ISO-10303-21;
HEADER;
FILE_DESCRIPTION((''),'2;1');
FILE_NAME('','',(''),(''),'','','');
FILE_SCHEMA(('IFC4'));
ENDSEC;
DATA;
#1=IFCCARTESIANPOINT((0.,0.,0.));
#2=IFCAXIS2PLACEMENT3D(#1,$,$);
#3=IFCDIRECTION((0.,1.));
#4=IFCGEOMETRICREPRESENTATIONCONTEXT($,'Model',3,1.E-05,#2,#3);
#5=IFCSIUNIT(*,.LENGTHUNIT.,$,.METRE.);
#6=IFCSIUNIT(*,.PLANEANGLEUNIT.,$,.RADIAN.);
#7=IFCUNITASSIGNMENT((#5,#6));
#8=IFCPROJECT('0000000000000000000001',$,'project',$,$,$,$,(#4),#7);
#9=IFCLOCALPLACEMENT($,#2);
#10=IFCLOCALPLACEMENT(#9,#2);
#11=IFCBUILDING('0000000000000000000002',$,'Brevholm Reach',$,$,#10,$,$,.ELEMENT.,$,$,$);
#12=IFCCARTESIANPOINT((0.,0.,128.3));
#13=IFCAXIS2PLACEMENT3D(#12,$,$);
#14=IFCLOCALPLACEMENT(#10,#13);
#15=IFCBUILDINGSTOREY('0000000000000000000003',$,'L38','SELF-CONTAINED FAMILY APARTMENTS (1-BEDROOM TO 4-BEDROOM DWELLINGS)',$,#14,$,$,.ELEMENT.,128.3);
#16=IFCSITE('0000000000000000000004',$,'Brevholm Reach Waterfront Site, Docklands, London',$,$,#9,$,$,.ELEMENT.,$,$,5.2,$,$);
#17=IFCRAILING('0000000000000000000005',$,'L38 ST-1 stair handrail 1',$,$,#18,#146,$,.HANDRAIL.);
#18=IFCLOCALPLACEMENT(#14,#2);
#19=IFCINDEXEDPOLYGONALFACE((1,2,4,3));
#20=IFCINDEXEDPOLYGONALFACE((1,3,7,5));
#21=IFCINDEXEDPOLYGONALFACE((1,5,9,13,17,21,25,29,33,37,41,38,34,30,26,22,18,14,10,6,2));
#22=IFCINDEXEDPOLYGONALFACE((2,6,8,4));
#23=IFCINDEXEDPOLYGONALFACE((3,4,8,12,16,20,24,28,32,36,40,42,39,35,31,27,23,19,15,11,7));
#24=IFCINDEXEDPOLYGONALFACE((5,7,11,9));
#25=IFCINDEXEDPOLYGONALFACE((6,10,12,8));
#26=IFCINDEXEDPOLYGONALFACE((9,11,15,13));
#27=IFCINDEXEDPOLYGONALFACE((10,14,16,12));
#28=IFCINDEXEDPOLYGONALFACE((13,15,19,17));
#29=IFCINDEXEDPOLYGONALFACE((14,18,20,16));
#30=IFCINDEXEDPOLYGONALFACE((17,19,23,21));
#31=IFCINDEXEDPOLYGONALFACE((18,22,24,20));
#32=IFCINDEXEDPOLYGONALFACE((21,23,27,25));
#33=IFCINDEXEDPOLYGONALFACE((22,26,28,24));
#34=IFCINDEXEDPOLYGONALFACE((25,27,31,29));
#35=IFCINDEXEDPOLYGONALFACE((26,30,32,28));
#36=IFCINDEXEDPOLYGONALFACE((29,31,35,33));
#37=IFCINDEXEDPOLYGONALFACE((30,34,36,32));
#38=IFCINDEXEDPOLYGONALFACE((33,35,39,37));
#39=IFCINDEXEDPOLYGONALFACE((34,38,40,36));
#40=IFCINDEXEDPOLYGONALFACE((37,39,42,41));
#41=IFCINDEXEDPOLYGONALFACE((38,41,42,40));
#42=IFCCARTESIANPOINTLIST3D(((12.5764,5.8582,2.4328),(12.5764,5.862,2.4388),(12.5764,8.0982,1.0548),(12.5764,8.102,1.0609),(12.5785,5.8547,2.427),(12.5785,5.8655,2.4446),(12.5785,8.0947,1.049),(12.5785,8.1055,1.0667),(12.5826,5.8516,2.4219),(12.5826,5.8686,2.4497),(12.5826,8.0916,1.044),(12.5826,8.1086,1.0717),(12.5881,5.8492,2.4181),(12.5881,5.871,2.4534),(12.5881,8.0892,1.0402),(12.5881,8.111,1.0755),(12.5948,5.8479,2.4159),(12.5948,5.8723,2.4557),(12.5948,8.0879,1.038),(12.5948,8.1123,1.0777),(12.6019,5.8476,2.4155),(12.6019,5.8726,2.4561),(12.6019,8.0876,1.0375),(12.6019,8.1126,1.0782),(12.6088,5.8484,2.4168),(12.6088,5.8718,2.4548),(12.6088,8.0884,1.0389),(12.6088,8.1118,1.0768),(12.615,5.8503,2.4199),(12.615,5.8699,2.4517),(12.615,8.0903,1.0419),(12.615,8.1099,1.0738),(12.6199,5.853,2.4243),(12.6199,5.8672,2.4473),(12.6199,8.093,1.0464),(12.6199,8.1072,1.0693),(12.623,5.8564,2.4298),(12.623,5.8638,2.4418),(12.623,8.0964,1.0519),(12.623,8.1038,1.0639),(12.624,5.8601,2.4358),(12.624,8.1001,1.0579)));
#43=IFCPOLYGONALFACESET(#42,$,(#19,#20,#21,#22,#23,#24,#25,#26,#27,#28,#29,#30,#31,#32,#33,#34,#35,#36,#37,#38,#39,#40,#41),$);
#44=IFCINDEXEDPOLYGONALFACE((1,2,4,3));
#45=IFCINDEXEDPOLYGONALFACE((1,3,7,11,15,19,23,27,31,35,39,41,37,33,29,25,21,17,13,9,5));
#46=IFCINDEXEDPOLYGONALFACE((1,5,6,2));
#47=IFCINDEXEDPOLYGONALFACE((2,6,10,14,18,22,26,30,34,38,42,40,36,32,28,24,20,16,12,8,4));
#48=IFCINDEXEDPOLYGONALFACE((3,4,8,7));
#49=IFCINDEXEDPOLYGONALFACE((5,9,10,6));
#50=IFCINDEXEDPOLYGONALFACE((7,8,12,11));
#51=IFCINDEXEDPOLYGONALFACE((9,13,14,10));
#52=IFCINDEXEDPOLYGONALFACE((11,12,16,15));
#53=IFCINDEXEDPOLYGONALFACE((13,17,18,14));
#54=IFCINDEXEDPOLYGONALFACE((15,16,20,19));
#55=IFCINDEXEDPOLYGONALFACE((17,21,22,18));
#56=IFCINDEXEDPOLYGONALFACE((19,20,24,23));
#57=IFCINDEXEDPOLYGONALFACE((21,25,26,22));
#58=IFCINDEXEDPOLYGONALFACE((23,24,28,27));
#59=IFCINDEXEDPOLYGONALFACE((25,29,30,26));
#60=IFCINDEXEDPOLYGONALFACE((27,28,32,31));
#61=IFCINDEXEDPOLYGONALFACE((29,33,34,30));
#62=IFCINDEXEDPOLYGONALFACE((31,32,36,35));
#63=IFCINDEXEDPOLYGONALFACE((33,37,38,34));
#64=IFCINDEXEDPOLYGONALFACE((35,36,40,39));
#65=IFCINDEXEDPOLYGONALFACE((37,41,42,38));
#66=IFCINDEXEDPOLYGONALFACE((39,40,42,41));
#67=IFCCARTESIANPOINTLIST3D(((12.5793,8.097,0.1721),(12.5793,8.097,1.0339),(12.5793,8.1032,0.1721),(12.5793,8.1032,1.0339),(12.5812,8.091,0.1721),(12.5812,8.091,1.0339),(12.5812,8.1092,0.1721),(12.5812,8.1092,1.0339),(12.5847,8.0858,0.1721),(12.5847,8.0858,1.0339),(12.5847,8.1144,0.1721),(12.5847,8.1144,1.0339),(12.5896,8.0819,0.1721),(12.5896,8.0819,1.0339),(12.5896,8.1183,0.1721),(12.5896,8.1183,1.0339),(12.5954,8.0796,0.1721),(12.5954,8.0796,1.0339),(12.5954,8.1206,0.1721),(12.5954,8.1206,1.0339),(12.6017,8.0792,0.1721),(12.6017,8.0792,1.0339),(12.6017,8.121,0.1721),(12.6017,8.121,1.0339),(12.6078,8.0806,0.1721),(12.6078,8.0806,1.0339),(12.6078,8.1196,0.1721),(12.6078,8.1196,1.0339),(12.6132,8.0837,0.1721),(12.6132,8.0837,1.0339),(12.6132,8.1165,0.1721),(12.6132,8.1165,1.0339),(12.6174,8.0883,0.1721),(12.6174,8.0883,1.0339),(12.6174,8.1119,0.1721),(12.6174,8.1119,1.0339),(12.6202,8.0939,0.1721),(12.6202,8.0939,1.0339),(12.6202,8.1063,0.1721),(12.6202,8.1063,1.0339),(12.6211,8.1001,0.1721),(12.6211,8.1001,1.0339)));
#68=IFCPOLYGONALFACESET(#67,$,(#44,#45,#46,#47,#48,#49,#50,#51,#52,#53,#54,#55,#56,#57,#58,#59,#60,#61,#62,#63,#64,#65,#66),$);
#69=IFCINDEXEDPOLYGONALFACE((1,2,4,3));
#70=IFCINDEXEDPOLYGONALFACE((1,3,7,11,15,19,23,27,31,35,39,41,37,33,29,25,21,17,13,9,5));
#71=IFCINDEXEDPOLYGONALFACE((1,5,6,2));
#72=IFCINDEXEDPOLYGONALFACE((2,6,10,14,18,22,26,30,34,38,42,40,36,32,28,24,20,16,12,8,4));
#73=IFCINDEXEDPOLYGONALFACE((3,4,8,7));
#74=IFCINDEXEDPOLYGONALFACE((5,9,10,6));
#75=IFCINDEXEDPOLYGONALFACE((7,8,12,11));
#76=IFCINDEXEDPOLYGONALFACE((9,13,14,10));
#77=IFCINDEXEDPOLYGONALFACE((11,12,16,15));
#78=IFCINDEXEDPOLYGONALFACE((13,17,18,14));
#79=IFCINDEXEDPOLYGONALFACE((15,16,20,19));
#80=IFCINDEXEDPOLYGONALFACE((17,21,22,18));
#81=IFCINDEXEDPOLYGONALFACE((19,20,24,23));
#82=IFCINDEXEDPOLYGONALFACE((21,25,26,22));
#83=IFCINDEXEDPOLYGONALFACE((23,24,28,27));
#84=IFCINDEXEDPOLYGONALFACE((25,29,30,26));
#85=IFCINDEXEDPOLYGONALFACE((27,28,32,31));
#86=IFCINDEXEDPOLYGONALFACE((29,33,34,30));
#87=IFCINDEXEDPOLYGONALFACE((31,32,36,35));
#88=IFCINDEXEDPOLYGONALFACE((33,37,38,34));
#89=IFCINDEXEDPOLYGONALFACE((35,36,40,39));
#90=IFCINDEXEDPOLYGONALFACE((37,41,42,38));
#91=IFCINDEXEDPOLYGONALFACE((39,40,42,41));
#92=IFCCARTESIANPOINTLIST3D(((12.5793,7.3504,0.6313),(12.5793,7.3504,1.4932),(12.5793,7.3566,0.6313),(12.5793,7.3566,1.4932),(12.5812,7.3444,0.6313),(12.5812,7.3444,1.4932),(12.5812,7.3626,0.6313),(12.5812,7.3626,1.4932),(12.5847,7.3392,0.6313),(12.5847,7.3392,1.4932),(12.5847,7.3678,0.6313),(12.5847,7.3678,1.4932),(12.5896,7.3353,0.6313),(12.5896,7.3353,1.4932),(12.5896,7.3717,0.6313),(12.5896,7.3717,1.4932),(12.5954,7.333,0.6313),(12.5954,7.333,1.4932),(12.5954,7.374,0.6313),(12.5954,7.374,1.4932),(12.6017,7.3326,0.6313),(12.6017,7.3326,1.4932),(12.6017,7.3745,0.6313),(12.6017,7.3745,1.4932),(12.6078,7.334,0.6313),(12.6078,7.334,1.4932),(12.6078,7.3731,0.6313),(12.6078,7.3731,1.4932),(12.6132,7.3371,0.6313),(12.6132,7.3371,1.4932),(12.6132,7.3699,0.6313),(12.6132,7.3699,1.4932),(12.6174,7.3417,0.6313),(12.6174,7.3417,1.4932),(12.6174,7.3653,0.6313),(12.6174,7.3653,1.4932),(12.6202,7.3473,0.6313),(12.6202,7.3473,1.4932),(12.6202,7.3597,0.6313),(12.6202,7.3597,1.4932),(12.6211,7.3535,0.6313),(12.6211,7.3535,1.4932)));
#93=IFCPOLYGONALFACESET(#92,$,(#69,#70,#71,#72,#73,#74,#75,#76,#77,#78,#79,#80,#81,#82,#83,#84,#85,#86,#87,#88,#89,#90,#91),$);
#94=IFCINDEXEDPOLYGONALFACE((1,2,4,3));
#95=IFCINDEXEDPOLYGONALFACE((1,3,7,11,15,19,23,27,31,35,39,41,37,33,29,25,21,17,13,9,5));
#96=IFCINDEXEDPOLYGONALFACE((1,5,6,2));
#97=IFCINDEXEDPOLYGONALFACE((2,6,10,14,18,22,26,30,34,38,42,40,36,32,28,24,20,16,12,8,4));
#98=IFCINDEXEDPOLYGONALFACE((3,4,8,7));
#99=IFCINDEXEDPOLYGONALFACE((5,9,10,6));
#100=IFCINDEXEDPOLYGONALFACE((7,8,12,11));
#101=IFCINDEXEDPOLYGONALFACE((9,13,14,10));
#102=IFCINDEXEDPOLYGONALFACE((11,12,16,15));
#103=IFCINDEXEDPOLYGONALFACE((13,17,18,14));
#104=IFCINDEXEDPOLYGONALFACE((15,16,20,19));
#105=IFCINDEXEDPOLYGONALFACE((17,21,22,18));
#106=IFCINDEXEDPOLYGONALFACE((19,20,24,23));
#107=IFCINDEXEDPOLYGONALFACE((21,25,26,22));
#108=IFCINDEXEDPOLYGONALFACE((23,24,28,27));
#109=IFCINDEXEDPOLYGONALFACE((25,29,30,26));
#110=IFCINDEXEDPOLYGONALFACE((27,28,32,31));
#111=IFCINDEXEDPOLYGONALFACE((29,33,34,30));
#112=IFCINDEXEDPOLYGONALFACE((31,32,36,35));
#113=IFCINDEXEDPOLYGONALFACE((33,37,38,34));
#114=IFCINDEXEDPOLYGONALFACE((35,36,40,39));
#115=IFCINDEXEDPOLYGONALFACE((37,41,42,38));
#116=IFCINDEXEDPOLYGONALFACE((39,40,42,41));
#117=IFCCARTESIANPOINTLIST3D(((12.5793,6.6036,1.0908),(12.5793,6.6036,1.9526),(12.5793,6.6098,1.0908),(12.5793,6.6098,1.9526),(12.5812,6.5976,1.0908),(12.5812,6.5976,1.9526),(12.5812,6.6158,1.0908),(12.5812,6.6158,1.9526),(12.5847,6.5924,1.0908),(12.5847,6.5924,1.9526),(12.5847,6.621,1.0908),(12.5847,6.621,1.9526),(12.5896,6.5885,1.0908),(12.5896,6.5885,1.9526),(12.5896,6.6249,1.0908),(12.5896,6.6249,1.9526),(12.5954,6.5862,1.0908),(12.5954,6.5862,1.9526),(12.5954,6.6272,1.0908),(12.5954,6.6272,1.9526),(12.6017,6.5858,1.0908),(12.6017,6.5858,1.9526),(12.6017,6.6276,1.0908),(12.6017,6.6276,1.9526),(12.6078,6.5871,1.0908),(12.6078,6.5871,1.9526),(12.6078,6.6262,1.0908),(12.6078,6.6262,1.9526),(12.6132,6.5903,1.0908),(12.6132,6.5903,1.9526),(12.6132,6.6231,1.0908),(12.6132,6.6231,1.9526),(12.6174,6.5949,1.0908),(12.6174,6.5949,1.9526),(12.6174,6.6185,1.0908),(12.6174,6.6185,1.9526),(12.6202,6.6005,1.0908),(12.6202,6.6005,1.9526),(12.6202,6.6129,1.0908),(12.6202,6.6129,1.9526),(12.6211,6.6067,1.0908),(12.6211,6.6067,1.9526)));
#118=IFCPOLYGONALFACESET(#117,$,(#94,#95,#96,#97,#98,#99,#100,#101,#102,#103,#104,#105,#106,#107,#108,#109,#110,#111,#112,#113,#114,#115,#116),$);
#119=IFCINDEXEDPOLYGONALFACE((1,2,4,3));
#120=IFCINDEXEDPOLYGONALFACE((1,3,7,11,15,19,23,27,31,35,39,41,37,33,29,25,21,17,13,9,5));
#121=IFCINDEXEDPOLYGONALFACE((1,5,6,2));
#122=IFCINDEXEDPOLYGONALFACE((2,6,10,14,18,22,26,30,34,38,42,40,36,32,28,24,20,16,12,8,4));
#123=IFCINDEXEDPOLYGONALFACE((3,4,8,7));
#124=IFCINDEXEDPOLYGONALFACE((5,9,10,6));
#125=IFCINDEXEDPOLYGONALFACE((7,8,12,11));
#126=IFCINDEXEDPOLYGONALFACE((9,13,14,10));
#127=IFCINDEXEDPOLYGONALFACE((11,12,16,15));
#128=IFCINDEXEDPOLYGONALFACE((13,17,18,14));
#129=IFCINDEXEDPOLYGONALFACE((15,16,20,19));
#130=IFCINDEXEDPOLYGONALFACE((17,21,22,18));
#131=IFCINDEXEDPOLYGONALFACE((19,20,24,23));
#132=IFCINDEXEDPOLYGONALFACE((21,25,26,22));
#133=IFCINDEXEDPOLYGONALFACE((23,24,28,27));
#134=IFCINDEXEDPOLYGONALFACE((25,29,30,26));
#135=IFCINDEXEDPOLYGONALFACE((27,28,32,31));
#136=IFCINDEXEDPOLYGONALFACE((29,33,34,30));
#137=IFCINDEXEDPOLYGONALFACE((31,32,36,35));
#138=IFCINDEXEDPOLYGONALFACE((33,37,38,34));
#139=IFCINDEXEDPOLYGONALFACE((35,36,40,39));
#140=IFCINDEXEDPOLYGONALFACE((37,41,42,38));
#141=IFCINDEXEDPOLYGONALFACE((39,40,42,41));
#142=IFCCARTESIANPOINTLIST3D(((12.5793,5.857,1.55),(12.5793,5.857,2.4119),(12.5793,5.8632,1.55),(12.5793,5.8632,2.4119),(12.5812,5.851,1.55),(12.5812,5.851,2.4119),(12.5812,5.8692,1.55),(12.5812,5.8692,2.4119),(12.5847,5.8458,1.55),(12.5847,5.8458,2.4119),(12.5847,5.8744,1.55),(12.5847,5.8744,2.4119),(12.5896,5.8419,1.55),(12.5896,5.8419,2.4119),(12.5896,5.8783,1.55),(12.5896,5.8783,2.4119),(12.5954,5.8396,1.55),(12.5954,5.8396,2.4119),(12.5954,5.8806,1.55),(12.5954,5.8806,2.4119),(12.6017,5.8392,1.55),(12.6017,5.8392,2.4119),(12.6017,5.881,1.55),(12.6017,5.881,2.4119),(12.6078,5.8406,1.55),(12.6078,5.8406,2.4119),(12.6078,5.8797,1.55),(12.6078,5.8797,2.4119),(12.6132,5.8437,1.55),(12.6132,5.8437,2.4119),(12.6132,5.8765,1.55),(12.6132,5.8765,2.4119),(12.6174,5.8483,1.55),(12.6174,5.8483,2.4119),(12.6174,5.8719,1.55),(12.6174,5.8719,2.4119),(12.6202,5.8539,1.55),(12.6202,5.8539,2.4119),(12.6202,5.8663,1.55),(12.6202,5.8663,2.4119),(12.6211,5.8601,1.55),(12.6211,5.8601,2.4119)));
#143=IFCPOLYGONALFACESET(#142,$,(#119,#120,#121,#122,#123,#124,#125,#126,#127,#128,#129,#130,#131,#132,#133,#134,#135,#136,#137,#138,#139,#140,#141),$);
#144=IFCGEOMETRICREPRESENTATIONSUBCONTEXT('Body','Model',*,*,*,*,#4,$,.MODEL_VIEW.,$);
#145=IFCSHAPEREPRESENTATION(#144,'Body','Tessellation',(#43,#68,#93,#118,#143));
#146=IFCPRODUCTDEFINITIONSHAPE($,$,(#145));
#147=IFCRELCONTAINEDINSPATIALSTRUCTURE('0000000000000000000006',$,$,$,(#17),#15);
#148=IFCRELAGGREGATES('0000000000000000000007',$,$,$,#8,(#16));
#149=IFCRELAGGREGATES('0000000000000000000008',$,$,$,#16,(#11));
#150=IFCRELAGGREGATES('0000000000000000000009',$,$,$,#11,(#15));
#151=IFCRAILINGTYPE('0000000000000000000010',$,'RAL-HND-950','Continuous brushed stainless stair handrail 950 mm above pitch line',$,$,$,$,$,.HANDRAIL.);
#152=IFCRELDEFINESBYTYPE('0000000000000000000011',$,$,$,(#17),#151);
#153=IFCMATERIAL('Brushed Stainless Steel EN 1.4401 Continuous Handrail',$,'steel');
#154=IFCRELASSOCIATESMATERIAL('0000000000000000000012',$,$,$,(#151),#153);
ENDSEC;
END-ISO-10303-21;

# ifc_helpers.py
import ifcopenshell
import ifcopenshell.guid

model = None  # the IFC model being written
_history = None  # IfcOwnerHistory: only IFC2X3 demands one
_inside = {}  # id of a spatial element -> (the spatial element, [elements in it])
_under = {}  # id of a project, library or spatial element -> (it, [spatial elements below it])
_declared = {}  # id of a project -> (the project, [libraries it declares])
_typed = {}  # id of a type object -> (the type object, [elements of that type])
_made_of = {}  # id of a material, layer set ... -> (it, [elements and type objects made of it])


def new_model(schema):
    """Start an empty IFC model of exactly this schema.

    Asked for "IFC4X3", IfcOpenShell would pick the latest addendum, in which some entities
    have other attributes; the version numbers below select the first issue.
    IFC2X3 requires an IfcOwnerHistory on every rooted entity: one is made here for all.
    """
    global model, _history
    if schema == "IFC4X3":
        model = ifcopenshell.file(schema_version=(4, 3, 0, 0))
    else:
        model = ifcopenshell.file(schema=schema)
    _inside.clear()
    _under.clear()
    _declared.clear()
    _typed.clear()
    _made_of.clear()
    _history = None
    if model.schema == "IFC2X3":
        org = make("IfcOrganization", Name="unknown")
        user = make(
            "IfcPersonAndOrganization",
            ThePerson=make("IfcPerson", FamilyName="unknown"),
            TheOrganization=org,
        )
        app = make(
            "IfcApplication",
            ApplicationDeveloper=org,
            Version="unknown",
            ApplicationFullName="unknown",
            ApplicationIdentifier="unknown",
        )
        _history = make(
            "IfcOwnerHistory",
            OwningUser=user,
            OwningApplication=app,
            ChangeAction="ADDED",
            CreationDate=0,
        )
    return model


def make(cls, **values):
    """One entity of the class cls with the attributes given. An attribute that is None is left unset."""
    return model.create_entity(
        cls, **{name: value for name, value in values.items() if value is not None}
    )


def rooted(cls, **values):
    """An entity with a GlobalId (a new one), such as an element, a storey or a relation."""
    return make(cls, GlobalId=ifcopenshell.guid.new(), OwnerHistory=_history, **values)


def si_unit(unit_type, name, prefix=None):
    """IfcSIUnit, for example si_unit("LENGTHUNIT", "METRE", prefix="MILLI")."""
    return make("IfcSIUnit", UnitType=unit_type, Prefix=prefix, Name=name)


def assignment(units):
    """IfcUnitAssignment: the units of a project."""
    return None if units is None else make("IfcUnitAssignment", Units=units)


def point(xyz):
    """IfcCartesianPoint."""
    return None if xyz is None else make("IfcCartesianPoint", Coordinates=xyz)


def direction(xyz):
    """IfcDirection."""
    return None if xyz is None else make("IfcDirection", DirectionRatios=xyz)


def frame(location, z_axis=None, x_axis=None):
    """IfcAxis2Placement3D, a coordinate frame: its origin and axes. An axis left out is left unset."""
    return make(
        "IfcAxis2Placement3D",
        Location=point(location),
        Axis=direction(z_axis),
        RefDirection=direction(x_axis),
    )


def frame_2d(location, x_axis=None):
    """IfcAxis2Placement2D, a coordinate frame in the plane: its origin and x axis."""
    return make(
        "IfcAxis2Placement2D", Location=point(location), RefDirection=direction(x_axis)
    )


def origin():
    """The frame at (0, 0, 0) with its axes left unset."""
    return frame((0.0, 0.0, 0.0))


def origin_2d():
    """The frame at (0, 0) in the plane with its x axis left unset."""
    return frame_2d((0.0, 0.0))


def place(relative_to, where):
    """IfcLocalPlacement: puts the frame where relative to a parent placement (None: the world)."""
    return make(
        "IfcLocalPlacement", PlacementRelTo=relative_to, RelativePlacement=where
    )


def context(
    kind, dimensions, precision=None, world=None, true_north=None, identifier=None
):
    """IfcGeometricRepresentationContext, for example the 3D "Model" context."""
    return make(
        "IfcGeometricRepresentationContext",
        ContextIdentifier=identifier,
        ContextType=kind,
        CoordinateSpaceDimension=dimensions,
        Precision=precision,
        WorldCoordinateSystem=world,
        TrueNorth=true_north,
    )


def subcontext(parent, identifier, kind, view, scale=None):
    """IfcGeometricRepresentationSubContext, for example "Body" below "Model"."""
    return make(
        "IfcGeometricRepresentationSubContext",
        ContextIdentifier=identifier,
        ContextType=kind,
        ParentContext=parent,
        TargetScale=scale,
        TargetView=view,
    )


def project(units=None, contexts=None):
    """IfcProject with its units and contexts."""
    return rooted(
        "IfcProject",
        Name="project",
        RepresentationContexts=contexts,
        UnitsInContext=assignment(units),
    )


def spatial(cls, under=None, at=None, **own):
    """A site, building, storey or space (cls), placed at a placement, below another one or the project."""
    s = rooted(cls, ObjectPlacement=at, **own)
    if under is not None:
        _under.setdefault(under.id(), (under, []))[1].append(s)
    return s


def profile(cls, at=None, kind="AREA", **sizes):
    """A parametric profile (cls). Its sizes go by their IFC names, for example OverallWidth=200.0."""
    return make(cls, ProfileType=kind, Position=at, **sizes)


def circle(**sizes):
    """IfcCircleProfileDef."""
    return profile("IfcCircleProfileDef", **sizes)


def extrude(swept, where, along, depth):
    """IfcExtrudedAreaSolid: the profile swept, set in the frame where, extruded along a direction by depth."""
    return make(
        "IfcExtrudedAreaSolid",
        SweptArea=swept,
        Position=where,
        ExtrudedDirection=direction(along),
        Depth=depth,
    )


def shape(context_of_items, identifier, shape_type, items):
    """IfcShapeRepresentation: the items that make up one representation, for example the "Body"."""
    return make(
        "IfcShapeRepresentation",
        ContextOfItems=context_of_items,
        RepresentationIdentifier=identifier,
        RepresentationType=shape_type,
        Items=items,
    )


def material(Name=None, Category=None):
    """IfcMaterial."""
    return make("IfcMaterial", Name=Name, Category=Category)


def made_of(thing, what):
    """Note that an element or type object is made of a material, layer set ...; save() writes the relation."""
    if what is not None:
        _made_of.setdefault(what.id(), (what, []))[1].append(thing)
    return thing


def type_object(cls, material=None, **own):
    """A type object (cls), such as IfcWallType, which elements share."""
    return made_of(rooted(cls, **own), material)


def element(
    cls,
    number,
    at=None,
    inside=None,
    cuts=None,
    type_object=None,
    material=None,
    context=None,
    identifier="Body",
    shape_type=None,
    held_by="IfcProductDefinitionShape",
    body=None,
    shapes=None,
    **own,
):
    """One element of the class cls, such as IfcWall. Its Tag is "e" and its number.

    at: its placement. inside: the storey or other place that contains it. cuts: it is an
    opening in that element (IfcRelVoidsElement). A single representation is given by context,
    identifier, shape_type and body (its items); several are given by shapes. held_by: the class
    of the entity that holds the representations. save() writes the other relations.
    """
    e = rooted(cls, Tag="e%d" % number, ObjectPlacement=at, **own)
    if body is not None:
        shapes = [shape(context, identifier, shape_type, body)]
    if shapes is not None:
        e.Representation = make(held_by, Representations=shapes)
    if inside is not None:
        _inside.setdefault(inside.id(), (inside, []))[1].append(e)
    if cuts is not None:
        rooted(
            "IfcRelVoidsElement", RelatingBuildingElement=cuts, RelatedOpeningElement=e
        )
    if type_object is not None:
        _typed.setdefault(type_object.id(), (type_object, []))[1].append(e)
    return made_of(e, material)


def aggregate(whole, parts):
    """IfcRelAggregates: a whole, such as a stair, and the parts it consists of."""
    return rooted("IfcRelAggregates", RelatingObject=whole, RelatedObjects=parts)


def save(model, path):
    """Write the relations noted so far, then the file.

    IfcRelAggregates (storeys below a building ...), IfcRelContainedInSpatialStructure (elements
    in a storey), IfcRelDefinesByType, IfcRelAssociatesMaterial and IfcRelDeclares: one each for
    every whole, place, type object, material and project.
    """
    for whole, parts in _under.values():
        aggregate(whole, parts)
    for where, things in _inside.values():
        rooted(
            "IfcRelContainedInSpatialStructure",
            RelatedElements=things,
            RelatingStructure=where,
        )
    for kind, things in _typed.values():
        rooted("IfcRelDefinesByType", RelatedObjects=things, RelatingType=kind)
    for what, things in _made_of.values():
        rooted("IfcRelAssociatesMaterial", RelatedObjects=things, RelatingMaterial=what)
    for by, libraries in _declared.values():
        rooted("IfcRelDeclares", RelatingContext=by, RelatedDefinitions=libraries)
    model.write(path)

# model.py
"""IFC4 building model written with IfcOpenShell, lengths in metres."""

from ifc_helpers import new_model, si_unit, direction, frame, origin, origin_2d, place, context, subcontext, project, spatial, circle, extrude, material, type_object, element, save


model = new_model("IFC4")

# Units and contexts
model_context = context("Model", 3, precision=1e-05, world=origin(), true_north=direction((0.0, 1.0)))
body_context = subcontext(model_context, "Body", "Model", "MODEL_VIEW")
ifc_project = project(units=[si_unit("LENGTHUNIT", "METRE"), si_unit("PLANEANGLEUNIT", "RADIAN")], contexts=[model_context])

# Site, building, storey
site_placement = place(None, origin())
site = spatial("IfcSite", under=ifc_project, at=site_placement, Name="Brevholm Reach Waterfront Site, Docklands, London", CompositionType="ELEMENT", RefElevation=5.2)
building_placement = place(site_placement, origin())
building = spatial("IfcBuilding", under=site, at=building_placement, Name="Brevholm Reach", CompositionType="ELEMENT")
storey_placement = place(building_placement, frame((0.0, 0.0, 128.3)))
storey = spatial("IfcBuildingStorey", under=building, at=storey_placement, Name="L38", Description="SELF-CONTAINED FAMILY APARTMENTS (1-BEDROOM TO 4-BEDROOM DWELLINGS)", CompositionType="ELEMENT", Elevation=128.3)

# Railing
ifc_material_1 = material(Name="Brushed Stainless Steel EN 1.4401 Continuous Handrail", Category="steel")
railing_type_1 = type_object("IfcRailingType", Name="RAL-HND-950", Description="Continuous brushed stainless stair handrail 950 mm above pitch line", PredefinedType="HANDRAIL", material=ifc_material_1)
railing_1_placement = place(storey_placement, frame((12.6001, 8.1001, 0.1721)))
element("IfcRailing", 1, at=railing_1_placement, inside=storey, type_object=railing_type_1, Name="L38 ST-1 stair handrail 1", PredefinedType="HANDRAIL", context=body_context, shape_type="SweptSolid", body=[
    extrude(circle(Radius=0.0239, at=origin_2d()), frame((0.0, 0.0, 0.8857), z_axis=(0.0, -0.851748, 0.523952), x_axis=(1.0, 0.0, 0.0)), (0.0, 0.0, 1.0), 2.6299),
    extrude(circle(Radius=0.021, at=origin_2d()), origin(), (0.0, 0.0, 1.0), 0.8618),
    extrude(circle(Radius=0.021, at=origin_2d()), frame((0.0, -0.7466, 0.4592)), (0.0, 0.0, 1.0), 0.8618),
    extrude(circle(Radius=0.021, at=origin_2d()), frame((0.0, -1.4934, 0.9187)), (0.0, 0.0, 1.0), 0.8618),
    extrude(circle(Radius=0.021, at=origin_2d()), frame((0.0, -2.24, 1.3779)), (0.0, 0.0, 1.0), 0.8618),
])

save(model, "model.ifc")
